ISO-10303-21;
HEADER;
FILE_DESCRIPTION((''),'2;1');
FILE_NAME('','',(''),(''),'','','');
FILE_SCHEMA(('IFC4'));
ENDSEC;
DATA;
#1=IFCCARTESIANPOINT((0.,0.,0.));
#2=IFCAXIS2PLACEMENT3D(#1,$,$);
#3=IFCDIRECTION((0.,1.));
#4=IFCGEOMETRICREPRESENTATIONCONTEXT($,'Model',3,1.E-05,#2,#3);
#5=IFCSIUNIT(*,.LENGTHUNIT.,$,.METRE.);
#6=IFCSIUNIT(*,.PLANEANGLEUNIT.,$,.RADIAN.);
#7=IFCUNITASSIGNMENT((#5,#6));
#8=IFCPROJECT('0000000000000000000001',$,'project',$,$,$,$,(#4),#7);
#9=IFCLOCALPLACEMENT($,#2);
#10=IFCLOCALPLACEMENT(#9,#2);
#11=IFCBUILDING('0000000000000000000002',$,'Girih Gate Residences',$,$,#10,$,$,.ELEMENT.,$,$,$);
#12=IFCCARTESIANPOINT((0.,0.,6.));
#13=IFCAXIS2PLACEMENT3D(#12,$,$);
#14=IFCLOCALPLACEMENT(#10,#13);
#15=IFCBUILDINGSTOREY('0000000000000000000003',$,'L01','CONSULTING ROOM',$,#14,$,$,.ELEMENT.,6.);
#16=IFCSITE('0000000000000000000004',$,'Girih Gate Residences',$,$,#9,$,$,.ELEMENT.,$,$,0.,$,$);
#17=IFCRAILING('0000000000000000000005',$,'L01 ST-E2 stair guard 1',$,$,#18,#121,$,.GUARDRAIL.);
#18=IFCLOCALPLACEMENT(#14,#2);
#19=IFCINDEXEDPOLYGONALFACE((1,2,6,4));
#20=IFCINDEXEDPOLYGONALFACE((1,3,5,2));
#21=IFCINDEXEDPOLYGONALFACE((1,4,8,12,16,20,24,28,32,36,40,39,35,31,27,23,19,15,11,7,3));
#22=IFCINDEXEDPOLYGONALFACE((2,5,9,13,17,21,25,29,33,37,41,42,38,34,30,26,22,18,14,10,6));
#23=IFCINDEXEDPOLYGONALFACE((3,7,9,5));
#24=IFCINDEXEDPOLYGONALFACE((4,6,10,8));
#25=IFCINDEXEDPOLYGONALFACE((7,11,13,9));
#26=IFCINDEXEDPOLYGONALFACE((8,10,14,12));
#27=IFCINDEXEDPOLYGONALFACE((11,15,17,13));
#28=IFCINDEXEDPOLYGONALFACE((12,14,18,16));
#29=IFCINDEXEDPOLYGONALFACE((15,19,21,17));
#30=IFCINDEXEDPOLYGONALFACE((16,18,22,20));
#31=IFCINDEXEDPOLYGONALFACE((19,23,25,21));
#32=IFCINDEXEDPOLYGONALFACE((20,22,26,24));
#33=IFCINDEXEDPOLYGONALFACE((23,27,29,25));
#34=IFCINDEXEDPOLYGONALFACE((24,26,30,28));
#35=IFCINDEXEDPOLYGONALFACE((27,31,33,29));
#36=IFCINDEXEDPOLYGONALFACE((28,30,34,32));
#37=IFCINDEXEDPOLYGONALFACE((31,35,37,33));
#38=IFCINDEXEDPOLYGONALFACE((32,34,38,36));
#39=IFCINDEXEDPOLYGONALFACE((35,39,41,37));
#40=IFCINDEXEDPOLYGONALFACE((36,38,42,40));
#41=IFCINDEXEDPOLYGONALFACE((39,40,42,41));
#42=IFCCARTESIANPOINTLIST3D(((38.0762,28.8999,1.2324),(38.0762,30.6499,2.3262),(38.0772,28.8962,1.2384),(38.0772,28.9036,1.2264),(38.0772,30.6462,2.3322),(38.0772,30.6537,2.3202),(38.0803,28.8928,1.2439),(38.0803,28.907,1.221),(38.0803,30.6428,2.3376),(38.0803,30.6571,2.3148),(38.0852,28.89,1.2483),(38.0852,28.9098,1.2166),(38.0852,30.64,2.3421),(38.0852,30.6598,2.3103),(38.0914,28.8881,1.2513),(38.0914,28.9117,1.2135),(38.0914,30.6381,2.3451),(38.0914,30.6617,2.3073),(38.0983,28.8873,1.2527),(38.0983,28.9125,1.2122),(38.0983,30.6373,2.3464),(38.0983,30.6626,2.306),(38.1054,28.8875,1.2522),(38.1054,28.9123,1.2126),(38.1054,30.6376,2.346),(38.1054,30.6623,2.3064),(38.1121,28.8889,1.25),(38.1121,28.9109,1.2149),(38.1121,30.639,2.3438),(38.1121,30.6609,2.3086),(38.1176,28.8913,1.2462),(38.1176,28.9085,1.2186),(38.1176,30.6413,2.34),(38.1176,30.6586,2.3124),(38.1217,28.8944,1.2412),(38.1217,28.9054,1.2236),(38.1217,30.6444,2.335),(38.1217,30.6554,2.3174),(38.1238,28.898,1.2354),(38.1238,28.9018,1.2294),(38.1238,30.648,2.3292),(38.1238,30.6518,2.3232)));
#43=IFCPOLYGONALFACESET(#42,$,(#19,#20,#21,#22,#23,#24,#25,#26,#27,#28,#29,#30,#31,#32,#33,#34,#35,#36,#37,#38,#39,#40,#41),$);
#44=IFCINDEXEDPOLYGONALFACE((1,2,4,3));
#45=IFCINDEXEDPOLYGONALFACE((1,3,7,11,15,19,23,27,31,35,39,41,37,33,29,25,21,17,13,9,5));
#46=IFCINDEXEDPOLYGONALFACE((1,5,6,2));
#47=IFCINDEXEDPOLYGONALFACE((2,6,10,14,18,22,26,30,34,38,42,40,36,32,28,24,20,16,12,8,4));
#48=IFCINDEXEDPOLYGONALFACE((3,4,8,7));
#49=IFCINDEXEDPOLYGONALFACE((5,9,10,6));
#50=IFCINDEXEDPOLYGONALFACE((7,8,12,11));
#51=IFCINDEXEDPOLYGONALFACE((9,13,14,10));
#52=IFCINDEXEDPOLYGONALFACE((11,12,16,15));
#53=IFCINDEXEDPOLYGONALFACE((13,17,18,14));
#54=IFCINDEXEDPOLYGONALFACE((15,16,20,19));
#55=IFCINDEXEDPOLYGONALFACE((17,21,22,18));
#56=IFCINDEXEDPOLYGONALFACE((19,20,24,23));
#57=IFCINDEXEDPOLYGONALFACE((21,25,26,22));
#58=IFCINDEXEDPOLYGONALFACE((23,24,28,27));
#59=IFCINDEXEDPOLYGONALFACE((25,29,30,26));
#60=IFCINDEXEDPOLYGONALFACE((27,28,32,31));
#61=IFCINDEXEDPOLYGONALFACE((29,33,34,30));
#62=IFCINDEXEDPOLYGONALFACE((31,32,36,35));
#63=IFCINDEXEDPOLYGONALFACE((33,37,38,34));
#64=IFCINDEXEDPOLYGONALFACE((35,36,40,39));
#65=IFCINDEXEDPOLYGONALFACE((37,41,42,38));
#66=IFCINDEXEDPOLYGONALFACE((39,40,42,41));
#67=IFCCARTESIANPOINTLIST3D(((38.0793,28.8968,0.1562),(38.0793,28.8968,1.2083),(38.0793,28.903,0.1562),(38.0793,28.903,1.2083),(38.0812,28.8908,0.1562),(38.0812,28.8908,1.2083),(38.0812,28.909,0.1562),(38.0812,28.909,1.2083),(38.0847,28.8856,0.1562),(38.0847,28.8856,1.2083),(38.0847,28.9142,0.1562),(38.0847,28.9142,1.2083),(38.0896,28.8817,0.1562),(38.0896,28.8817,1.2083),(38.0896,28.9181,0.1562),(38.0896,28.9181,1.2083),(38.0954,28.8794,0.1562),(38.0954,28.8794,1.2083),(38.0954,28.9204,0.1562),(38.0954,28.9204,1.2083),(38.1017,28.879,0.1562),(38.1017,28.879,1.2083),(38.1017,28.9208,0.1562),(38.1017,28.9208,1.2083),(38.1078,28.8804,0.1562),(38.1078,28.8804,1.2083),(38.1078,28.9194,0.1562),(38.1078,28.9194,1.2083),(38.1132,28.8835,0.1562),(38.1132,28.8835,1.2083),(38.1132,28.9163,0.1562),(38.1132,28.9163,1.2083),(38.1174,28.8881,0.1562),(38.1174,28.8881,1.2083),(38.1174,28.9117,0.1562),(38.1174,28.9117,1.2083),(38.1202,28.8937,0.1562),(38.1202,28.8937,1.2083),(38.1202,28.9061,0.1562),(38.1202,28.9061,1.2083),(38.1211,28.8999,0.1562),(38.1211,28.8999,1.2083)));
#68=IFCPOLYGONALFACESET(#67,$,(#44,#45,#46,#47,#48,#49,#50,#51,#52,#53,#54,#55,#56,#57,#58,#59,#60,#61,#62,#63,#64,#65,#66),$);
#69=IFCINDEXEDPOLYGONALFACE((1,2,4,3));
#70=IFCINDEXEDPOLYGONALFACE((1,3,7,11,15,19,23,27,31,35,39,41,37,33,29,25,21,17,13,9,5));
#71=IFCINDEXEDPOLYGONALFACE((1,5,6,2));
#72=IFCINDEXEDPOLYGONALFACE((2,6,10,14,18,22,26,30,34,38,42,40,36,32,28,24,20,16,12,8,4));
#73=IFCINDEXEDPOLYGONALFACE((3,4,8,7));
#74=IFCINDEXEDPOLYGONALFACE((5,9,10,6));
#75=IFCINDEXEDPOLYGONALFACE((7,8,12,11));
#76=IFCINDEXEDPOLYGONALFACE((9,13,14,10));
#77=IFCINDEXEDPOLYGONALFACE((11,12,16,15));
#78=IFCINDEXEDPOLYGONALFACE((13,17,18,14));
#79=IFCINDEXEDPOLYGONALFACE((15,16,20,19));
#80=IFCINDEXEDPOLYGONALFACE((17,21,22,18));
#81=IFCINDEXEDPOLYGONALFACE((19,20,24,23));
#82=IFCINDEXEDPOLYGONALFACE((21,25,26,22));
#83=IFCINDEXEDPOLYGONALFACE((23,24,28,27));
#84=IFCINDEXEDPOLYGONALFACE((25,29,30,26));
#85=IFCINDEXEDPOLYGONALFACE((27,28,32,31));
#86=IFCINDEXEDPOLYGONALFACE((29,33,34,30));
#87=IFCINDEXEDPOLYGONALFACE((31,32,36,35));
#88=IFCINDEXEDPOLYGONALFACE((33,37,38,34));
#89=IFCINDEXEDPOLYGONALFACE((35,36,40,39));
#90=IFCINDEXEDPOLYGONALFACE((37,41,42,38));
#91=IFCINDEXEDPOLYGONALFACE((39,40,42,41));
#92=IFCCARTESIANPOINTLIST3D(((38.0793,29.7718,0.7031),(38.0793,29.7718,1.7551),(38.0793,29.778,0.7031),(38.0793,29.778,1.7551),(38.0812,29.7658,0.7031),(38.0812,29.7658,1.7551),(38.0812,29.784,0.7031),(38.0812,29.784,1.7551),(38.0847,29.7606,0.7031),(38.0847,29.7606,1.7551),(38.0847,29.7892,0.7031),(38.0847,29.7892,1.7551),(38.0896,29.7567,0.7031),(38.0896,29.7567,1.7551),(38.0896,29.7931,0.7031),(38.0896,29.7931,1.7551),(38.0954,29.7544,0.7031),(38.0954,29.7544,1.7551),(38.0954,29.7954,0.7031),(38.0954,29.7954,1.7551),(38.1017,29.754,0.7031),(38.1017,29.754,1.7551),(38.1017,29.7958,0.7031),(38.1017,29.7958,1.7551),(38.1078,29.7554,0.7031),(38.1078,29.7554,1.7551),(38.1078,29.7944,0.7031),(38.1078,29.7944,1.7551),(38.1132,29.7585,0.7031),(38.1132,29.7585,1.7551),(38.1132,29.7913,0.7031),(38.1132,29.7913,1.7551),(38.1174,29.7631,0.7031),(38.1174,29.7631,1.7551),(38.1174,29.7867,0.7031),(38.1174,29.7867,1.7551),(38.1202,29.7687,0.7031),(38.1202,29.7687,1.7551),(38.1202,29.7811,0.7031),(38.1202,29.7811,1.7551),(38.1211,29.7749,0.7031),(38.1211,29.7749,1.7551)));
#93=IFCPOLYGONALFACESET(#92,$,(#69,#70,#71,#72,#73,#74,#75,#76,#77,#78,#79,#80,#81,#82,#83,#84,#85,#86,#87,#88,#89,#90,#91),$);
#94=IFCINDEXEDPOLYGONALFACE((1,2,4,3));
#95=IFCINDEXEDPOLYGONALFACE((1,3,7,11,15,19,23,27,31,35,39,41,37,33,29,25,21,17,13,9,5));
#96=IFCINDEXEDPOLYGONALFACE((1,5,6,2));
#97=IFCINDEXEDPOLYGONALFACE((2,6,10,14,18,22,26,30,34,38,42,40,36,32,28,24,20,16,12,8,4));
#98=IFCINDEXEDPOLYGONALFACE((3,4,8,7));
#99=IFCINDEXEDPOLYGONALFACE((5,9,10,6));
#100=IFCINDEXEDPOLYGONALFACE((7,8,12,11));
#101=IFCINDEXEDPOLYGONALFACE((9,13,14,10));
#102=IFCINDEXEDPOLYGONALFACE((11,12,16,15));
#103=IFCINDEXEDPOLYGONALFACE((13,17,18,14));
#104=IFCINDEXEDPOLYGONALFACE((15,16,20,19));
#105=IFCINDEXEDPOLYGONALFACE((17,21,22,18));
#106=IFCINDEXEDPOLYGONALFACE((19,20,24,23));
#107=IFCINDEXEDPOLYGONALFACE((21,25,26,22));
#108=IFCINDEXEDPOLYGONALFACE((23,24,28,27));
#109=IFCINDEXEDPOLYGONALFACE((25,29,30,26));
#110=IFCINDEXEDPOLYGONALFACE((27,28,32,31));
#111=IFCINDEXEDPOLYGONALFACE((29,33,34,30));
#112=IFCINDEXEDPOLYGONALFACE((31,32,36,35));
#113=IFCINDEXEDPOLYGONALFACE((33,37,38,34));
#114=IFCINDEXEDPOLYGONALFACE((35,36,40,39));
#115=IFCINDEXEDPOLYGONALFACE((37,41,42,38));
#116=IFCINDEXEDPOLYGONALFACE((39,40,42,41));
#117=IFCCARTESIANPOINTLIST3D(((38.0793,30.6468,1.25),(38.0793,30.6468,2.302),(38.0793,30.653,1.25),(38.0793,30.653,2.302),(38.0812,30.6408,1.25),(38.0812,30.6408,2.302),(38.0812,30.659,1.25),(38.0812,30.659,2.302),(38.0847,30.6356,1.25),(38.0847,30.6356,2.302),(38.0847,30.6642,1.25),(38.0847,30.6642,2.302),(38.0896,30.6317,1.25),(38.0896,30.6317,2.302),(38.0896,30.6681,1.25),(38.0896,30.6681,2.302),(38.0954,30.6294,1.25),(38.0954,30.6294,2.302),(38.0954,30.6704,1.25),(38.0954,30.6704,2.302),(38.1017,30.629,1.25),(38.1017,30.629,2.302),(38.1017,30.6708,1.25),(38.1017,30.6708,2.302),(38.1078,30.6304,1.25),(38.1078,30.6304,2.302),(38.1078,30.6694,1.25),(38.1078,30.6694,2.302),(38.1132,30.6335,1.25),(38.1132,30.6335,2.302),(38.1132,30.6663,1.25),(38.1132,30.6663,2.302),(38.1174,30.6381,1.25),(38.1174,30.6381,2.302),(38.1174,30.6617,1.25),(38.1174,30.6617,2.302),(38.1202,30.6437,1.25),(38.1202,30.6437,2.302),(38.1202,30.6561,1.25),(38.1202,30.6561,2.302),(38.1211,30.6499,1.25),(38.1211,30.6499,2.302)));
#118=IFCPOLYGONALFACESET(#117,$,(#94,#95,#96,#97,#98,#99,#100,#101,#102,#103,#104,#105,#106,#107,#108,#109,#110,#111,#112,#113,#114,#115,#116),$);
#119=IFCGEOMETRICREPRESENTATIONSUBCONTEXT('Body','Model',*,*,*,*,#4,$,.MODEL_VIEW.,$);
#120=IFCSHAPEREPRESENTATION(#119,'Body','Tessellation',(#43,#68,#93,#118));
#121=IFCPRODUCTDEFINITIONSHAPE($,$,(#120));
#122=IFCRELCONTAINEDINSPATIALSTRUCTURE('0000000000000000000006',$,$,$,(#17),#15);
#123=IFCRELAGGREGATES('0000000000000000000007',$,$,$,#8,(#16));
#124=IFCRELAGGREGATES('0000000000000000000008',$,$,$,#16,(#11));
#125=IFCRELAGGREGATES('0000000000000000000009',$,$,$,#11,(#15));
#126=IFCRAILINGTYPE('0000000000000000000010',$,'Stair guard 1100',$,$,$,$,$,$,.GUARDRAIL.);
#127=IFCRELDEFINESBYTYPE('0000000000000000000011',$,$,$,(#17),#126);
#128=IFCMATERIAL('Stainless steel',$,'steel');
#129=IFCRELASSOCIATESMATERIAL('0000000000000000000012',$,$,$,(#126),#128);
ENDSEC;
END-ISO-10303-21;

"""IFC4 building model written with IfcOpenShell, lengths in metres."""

from ifc_helpers import new_model, si_unit, direction, frame, origin, origin_2d, place, context, subcontext, project, spatial, circle, extrude, material, type_object, element, save


model = new_model("IFC4")

# Units and contexts
model_context = context("Model", 3, precision=1e-05, world=origin(), true_north=direction((0.0, 1.0)))
body_context = subcontext(model_context, "Body", "Model", "MODEL_VIEW")
ifc_project = project(units=[si_unit("LENGTHUNIT", "METRE"), si_unit("PLANEANGLEUNIT", "RADIAN")], contexts=[model_context])

# Site, building, storey
site_placement = place(None, origin())
site = spatial("IfcSite", under=ifc_project, at=site_placement, Name="Girih Gate Residences", CompositionType="ELEMENT", RefElevation=0.0)
building_placement = place(site_placement, origin())
building = spatial("IfcBuilding", under=site, at=building_placement, Name="Girih Gate Residences", CompositionType="ELEMENT")
storey_placement = place(building_placement, frame((0.0, 0.0, 6.0)))
storey = spatial("IfcBuildingStorey", under=building, at=storey_placement, Name="L01", Description="CONSULTING ROOM", CompositionType="ELEMENT", Elevation=6.0)

# Railing
ifc_material_1 = material(Name="Stainless steel", Category="steel")
railing_type_1 = type_object("IfcRailingType", Name="Stair guard 1100", PredefinedType="GUARDRAIL", material=ifc_material_1)
for number, where, name in (
    (1, (38.1001, 28.8999, 0.1562), "L01 ST-E2 stair guard 1"),
):
    element("IfcRailing", number, at=place(storey_placement, frame(where)), inside=storey, type_object=railing_type_1, Name=name, PredefinedType="GUARDRAIL", context=body_context, shape_type="SweptSolid", body=[
        extrude(circle(Radius=0.0239, at=origin_2d()), frame((0.0, 0.0, 1.0762), z_axis=(0.0, 0.847998, 0.529999), x_axis=(-1.0, 0.0, 0.0)), (0.0, 0.0, 1.0), 2.0637),
        extrude(circle(Radius=0.021, at=origin_2d()), origin(), (0.0, 0.0, 1.0), 1.052),
        extrude(circle(Radius=0.021, at=origin_2d()), frame((0.0, 0.875, 0.5469)), (0.0, 0.0, 1.0), 1.052),
        extrude(circle(Radius=0.021, at=origin_2d()), frame((0.0, 1.75, 1.0938)), (0.0, 0.0, 1.0), 1.052),
    ])

save(model, "model.ifc")
